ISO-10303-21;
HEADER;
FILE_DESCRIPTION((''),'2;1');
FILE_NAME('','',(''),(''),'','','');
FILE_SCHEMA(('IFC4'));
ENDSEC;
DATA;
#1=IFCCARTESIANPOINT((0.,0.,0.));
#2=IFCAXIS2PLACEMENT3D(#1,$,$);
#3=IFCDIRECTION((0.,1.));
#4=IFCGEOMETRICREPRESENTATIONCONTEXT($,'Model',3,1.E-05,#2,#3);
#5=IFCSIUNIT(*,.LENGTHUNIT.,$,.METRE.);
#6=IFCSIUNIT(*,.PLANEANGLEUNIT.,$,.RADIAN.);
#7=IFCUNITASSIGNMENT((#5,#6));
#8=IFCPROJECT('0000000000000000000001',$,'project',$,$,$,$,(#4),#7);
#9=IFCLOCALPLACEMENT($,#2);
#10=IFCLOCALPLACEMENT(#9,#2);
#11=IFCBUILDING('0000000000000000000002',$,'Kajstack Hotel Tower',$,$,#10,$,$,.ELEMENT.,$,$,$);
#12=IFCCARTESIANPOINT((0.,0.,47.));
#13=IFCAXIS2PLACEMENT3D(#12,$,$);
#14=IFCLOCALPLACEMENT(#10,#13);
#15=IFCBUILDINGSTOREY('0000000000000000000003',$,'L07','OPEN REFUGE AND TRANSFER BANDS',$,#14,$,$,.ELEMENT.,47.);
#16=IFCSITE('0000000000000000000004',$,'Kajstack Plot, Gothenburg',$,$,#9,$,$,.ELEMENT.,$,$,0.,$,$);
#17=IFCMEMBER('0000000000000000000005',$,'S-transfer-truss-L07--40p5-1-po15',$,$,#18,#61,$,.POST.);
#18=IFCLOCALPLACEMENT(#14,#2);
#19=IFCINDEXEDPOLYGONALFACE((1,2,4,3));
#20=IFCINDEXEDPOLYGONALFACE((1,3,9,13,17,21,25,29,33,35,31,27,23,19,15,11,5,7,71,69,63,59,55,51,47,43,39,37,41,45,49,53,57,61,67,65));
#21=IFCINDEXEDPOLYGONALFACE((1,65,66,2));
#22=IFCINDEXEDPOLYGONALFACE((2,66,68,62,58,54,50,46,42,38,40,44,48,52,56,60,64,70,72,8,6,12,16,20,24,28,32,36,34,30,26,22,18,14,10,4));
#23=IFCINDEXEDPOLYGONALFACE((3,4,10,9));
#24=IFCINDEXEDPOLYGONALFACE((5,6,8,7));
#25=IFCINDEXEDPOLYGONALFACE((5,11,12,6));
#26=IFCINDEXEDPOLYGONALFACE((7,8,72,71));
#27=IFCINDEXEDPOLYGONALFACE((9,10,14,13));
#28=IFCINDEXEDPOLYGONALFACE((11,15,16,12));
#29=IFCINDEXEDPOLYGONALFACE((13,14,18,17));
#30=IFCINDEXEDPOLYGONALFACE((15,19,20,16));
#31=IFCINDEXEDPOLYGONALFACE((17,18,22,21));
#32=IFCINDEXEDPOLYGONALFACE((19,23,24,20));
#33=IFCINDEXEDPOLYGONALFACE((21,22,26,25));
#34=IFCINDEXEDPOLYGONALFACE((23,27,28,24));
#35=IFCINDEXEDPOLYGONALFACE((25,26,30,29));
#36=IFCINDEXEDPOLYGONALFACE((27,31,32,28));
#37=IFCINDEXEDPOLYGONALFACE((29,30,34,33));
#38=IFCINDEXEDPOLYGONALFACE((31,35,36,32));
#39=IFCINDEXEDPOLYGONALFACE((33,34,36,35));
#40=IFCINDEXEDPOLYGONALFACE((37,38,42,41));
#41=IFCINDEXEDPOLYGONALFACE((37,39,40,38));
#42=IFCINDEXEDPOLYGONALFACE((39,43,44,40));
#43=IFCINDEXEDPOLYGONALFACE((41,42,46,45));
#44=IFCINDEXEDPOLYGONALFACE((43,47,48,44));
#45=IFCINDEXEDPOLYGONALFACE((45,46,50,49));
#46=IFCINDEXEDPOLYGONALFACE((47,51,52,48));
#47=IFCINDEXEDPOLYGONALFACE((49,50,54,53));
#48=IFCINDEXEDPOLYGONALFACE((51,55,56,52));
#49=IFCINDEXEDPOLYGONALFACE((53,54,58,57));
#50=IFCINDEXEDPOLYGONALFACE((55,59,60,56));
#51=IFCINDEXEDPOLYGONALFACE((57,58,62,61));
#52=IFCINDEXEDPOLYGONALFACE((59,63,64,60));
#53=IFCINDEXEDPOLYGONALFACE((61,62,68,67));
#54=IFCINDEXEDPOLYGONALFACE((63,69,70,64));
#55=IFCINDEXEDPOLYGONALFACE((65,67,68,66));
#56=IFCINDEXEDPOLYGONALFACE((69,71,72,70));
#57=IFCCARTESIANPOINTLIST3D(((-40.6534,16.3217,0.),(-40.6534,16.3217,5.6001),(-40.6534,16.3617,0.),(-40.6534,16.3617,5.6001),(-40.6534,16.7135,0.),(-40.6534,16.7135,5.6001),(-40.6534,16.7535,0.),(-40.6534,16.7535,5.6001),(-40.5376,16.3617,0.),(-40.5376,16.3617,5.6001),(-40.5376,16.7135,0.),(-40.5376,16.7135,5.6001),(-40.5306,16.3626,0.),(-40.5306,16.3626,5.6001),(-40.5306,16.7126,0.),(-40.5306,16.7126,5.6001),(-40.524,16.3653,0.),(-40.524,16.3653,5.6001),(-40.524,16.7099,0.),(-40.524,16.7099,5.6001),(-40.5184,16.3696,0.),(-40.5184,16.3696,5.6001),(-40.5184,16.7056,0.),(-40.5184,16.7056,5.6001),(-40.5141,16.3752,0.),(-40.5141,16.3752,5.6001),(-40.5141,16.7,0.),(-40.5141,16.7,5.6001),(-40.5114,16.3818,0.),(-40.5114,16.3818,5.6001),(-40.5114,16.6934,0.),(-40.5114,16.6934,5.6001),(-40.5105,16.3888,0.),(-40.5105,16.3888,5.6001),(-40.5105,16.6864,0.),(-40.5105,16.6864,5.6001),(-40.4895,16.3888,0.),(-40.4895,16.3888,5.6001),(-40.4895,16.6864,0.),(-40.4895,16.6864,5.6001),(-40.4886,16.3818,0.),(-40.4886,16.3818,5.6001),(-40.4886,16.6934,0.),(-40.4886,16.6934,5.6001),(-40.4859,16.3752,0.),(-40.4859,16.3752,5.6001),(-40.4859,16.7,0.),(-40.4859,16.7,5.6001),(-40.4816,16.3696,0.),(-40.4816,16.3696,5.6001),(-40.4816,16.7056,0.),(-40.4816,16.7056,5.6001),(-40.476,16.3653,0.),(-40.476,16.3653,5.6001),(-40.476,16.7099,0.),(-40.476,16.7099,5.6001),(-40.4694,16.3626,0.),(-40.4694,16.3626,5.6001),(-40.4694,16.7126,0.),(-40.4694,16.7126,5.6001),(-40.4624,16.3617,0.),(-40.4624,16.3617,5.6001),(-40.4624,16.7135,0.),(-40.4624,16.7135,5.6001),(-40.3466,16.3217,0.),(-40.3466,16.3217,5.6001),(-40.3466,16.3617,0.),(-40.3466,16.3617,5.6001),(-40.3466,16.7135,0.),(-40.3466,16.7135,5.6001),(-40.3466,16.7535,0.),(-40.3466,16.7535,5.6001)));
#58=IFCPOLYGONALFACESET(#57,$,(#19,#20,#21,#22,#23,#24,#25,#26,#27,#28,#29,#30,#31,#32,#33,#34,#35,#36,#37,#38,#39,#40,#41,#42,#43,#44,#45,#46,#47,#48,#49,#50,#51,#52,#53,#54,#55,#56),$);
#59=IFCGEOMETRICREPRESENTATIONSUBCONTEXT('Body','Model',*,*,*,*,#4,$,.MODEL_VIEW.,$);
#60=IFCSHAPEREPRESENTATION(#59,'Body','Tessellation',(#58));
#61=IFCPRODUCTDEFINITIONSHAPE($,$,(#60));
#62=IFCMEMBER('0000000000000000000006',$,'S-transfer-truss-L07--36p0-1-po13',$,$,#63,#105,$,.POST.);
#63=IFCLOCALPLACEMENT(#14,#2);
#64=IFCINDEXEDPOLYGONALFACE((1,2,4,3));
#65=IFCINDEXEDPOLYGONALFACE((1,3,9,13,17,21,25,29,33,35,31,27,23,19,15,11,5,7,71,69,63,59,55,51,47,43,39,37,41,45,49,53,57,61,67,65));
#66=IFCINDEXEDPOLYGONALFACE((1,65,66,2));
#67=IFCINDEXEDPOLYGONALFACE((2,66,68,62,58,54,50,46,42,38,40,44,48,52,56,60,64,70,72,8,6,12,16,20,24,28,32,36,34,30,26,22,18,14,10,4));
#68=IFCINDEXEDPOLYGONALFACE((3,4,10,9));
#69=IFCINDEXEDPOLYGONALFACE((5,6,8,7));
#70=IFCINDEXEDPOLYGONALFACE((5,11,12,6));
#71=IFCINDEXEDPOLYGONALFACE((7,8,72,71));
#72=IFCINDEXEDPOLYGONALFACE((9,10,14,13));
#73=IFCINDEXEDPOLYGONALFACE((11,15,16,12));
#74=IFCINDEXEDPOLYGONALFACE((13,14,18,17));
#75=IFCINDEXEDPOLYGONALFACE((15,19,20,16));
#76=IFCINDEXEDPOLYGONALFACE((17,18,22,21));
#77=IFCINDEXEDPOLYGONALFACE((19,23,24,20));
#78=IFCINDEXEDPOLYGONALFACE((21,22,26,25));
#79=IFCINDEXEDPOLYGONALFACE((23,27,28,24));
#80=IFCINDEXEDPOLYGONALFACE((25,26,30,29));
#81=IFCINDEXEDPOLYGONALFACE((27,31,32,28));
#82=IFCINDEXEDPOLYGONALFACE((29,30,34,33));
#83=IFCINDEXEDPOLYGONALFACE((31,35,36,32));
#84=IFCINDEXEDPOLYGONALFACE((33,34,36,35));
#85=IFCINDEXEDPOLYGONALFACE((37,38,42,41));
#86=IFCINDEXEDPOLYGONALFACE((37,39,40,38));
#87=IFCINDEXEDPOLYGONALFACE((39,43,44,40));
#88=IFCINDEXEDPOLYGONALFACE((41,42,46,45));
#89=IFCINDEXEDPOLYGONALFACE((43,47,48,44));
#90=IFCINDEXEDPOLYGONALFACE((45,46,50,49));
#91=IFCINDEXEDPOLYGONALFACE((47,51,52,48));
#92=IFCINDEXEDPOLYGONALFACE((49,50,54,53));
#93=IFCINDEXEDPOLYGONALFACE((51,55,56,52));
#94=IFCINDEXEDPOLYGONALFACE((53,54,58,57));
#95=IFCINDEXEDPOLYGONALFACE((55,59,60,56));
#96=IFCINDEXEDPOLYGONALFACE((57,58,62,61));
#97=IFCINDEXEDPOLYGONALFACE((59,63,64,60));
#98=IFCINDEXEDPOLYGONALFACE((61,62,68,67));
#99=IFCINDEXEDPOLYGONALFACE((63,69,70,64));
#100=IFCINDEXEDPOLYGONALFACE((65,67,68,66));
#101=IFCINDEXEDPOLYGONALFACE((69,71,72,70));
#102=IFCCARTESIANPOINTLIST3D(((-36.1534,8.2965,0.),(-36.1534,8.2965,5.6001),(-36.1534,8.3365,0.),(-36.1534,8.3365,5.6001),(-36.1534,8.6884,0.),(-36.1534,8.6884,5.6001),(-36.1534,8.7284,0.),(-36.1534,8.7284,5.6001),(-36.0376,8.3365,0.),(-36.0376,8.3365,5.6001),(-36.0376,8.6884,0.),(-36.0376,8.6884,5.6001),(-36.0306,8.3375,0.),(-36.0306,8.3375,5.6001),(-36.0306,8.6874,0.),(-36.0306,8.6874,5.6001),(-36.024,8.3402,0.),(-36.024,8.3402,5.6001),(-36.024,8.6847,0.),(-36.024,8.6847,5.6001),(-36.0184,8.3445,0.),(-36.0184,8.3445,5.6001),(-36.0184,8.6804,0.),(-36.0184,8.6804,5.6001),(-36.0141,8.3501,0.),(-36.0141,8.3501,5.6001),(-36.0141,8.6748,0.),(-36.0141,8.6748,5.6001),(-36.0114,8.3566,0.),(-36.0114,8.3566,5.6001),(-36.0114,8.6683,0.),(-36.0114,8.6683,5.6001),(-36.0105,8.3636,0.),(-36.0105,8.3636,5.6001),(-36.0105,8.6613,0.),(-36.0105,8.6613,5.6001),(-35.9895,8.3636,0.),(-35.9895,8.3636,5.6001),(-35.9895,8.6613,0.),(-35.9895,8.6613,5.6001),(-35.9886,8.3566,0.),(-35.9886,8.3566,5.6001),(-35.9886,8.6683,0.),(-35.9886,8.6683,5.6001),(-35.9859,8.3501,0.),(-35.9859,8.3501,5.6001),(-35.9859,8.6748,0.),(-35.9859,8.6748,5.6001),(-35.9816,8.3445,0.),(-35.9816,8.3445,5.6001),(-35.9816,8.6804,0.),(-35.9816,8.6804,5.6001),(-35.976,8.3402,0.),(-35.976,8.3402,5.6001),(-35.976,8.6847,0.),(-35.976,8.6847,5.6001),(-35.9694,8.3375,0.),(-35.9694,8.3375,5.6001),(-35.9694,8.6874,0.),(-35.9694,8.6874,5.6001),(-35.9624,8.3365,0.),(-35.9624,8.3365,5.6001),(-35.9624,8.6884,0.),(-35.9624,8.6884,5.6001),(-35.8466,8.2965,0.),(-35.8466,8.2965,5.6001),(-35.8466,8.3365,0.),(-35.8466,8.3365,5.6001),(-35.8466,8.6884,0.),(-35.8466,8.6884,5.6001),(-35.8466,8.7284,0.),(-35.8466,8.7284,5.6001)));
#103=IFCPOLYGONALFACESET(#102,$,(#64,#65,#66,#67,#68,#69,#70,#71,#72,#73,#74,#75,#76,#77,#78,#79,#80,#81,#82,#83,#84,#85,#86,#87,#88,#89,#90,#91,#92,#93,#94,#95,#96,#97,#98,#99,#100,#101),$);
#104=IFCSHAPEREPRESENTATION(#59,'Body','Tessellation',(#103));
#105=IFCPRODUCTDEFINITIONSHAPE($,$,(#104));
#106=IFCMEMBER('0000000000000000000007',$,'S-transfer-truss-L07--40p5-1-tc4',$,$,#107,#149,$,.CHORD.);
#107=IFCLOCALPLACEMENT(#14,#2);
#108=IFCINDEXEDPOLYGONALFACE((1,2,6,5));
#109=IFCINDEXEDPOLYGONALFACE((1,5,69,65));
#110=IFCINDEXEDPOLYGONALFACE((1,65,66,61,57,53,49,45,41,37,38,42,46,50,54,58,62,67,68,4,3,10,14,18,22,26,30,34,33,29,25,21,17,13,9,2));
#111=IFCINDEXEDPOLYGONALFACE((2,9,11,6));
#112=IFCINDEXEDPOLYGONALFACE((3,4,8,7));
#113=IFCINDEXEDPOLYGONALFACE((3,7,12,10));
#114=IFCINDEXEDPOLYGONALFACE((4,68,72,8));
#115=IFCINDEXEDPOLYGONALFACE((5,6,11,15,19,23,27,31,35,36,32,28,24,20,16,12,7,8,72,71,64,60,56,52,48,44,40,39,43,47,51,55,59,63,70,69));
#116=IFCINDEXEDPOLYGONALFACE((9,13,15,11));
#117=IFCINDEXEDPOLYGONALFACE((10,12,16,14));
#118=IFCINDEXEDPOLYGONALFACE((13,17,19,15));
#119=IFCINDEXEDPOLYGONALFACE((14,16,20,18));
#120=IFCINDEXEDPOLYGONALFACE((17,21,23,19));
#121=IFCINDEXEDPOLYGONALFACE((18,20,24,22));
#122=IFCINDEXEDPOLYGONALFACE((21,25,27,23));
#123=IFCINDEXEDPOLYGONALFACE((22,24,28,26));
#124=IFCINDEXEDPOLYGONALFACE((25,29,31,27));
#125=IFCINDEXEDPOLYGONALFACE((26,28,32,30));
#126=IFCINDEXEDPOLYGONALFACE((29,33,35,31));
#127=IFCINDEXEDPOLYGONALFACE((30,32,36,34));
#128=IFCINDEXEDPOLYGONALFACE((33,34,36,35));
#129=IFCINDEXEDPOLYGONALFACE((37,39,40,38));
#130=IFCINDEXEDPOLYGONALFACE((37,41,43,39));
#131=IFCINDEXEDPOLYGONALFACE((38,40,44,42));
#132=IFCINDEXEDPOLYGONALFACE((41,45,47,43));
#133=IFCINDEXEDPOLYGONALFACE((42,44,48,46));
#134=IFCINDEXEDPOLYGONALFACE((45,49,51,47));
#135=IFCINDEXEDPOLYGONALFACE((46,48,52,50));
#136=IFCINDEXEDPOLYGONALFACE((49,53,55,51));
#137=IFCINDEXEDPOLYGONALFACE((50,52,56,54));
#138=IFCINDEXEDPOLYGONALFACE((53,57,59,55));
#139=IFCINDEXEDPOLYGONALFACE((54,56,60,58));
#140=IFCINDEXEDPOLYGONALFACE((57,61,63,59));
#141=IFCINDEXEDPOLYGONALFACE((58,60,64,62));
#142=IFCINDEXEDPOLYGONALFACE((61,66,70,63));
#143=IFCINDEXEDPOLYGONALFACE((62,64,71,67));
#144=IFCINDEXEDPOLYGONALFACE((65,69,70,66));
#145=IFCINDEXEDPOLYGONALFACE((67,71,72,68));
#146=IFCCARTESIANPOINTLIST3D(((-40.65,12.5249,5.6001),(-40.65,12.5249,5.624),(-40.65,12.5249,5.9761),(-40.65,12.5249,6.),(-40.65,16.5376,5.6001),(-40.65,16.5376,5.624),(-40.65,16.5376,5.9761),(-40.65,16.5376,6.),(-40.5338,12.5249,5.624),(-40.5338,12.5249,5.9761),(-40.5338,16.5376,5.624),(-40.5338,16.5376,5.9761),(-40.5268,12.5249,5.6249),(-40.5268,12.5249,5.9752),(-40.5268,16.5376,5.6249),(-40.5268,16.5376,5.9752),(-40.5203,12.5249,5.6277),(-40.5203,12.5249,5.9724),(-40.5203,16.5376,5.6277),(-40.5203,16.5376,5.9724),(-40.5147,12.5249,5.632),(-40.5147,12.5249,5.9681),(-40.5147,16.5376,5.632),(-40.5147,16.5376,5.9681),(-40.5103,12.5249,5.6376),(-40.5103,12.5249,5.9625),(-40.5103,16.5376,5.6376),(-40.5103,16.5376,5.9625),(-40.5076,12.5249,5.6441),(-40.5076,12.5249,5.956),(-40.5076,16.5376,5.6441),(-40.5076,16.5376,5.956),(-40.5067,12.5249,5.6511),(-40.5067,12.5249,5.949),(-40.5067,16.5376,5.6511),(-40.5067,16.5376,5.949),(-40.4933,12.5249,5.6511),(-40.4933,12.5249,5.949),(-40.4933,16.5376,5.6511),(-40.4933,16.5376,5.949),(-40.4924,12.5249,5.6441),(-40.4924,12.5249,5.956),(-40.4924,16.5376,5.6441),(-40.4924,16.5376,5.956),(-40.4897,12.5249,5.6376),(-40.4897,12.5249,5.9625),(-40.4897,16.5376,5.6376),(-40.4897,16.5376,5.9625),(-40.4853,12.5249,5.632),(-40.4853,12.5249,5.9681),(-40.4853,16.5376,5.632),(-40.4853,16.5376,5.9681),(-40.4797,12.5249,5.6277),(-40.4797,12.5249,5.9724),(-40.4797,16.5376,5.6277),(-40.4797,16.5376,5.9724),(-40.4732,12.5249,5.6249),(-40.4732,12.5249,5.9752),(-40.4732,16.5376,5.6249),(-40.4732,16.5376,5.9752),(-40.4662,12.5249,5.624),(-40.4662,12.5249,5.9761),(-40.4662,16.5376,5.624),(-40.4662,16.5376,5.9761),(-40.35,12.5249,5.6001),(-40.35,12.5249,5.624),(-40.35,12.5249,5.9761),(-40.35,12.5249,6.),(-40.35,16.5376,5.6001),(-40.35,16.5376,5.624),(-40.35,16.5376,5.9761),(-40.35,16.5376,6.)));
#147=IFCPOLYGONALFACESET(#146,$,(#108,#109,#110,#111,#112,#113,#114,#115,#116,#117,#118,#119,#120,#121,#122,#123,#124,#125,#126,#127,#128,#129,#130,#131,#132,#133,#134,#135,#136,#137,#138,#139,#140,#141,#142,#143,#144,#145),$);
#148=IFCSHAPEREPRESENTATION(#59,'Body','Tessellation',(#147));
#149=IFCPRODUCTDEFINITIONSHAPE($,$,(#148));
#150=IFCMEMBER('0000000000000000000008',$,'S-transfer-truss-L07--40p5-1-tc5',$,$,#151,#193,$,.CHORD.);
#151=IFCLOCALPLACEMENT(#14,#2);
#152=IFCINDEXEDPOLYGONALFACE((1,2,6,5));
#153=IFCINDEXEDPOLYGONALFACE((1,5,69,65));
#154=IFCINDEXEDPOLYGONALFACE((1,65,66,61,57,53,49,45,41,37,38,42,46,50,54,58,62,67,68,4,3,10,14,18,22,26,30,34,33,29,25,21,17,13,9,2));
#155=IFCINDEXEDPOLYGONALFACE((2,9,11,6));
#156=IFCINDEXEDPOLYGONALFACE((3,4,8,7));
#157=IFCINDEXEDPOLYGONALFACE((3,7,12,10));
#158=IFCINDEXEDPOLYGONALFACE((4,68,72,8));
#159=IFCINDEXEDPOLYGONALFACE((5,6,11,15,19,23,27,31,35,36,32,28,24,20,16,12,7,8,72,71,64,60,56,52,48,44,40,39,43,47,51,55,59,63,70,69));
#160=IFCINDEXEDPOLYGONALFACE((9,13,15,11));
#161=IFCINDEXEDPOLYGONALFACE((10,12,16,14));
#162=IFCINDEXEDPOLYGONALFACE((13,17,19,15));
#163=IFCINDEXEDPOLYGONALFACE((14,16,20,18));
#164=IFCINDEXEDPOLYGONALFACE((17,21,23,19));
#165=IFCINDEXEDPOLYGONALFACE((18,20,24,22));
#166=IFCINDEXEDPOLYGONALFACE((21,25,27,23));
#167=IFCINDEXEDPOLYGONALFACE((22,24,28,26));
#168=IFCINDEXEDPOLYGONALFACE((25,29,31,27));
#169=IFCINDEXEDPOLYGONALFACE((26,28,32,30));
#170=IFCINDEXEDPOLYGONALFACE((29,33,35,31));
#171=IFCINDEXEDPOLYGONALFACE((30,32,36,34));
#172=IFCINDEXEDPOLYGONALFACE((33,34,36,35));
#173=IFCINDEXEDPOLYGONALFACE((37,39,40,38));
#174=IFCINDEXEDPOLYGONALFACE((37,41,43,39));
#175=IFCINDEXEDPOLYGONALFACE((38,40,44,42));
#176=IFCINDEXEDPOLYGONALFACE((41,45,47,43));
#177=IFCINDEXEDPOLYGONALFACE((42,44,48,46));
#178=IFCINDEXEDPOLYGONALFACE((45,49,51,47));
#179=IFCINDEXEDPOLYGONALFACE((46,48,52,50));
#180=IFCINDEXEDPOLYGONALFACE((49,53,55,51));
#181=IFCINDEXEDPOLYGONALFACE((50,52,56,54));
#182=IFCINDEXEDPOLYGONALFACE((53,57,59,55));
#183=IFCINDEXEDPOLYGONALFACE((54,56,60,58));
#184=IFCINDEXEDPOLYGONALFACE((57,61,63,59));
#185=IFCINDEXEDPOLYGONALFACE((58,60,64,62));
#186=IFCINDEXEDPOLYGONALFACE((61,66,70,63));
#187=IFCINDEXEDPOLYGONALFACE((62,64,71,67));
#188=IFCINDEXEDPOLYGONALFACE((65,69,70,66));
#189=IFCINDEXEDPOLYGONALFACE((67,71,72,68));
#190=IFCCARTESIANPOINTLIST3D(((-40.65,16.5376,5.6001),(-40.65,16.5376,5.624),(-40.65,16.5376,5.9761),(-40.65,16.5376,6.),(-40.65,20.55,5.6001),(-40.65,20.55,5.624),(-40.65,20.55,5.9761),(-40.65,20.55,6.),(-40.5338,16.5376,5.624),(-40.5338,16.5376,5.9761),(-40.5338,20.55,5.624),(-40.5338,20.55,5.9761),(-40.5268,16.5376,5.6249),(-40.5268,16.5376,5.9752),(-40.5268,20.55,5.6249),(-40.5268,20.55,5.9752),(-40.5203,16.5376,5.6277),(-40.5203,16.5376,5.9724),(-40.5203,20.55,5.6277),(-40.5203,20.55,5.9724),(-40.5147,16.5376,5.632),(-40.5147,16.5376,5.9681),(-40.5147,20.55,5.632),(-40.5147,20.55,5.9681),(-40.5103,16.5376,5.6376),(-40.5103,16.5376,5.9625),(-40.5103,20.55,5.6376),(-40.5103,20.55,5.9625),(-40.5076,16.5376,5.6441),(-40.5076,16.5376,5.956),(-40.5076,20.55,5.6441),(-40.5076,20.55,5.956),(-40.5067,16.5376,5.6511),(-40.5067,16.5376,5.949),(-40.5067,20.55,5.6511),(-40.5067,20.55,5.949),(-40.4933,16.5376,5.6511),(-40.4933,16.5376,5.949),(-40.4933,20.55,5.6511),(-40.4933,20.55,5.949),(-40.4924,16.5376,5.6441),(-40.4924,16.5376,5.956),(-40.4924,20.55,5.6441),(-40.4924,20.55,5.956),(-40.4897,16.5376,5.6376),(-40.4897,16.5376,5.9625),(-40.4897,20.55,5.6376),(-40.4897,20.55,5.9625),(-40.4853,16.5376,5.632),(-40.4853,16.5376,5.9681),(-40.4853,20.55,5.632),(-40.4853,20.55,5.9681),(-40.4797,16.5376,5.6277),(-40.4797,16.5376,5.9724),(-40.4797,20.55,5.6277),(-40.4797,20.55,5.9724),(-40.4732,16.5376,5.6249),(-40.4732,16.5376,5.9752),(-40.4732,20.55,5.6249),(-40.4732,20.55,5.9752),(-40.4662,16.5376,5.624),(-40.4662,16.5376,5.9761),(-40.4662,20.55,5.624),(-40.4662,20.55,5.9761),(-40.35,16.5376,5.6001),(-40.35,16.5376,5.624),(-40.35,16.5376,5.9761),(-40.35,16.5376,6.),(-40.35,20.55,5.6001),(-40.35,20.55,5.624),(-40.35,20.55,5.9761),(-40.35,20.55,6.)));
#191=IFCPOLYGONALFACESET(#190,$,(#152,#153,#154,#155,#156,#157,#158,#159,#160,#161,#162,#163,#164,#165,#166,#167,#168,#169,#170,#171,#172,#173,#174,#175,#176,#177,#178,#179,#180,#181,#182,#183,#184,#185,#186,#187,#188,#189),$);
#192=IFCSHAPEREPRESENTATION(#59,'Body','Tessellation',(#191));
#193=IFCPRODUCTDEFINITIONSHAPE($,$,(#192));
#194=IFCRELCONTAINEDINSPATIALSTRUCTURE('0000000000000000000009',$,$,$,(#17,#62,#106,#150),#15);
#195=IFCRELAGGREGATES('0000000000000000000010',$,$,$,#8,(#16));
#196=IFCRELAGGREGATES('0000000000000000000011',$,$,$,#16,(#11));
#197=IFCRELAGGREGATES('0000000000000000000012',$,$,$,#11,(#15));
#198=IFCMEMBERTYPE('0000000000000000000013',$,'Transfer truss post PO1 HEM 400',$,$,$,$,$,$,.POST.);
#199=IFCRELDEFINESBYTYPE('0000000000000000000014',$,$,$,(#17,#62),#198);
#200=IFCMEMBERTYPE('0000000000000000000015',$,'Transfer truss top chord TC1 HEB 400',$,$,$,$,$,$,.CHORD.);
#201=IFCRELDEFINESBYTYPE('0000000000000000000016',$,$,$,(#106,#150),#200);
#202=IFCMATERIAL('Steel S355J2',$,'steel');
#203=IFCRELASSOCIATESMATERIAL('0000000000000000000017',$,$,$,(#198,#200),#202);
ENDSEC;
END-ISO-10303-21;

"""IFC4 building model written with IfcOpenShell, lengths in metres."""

from ifc_helpers import new_model, si_unit, direction, frame, origin, origin_2d, place, context, subcontext, project, spatial, i_section, extrude, material, material_profile, profile_set, type_object, element, save


model = new_model("IFC4")

# Units and contexts
model_context = context("Model", 3, precision=1e-05, world=origin(), true_north=direction((0.0, 1.0)))
body_context = subcontext(model_context, "Body", "Model", "MODEL_VIEW")
ifc_project = project(units=[si_unit("LENGTHUNIT", "METRE"), si_unit("PLANEANGLEUNIT", "RADIAN")], contexts=[model_context])

# Site, building, storey
site_placement = place(None, origin())
site = spatial("IfcSite", under=ifc_project, at=site_placement, Name="Kajstack Plot, Gothenburg", CompositionType="ELEMENT", RefElevation=0.0)
building_placement = place(site_placement, origin())
building = spatial("IfcBuilding", under=site, at=building_placement, Name="Kajstack Hotel Tower", CompositionType="ELEMENT")
storey_placement = place(building_placement, frame((0.0, 0.0, 47.0)))
storey = spatial("IfcBuildingStorey", under=building, at=storey_placement, Name="L07", Description="OPEN REFUGE AND TRANSFER BANDS", CompositionType="ELEMENT", Elevation=47.0)

# Members
ifc_material_1 = material(Name="Steel S355J2", Category="steel")
ifc_material_profile_1 = material_profile(ifc_material_1, i_section(OverallWidth=0.3069, OverallDepth=0.4319, WebThickness=0.021, FlangeThickness=0.04, FilletRadius=0.0271, at=origin_2d()), Name="HEM 400")
ifc_profile_set_1 = profile_set([ifc_material_profile_1], Name="Steel S355J2")
member_type_1 = type_object("IfcMemberType", Name="Transfer truss post PO1 HEM 400", PredefinedType="POST", material=ifc_profile_set_1)
for number, where, z_axis, x_axis, name in (
    (1, (-40.5, 16.5376, 0.0), (0.0, 0.0, 1.0), (1.0, 0.0, 0.0), "S-transfer-truss-L07--40p5-1-po15"),
    (2, (-36.0, 8.5125, 0.0), (0.0, 0.0, 1.0), (1.0, 0.0, 0.0), "S-transfer-truss-L07--36p0-1-po13"),
):
    element("IfcMember", number, at=place(storey_placement, frame(where, z_axis=z_axis, x_axis=x_axis)), inside=storey, type_object=member_type_1, Name=name, PredefinedType="POST", context=body_context, shape_type="SweptSolid", body=[
        extrude(i_section(OverallWidth=0.3069, OverallDepth=0.4319, WebThickness=0.021, FlangeThickness=0.04, FilletRadius=0.0271, at=origin_2d()), origin(), (0.0, 0.0, 1.0), 5.6001),
    ])
ifc_material_profile_2 = material_profile(ifc_material_1, i_section(OverallWidth=0.3, OverallDepth=0.3999, WebThickness=0.0134, FlangeThickness=0.0239, FilletRadius=0.0271, at=origin_2d()), Name="HEB 400")
ifc_profile_set_2 = profile_set([ifc_material_profile_2], Name="Steel S355J2")
member_type_2 = type_object("IfcMemberType", Name="Transfer truss top chord TC1 HEB 400", PredefinedType="CHORD", material=ifc_profile_set_2)
member_1_placement = place(storey_placement, frame((-40.5, 12.5249, 5.8), z_axis=(0.0, 1.0, 0.0), x_axis=(-1.0, 0.0, 0.0)))
element("IfcMember", 3, at=member_1_placement, inside=storey, type_object=member_type_2, Name="S-transfer-truss-L07--40p5-1-tc4", PredefinedType="CHORD", context=body_context, shape_type="SweptSolid", body=[
    extrude(i_section(OverallWidth=0.3, OverallDepth=0.3999, WebThickness=0.0134, FlangeThickness=0.0239, FilletRadius=0.0271, at=origin_2d()), origin(), (0.0, 0.0, 1.0), 4.0127),
])
for number, where, z_axis, x_axis, name in (
    (4, (-40.5, 16.5376, 5.8), (0.0, 1.0, 0.0), (-1.0, 0.0, 0.0), "S-transfer-truss-L07--40p5-1-tc5"),
):
    element("IfcMember", number, at=place(storey_placement, frame(where, z_axis=z_axis, x_axis=x_axis)), inside=storey, type_object=member_type_2, Name=name, PredefinedType="CHORD", context=body_context, shape_type="SweptSolid", body=[
        extrude(i_section(OverallWidth=0.3, OverallDepth=0.3999, WebThickness=0.0134, FlangeThickness=0.0239, FilletRadius=0.0271, at=origin_2d()), origin(), (0.0, 0.0, 1.0), 4.0125),
    ])

save(model, "model.ifc")
